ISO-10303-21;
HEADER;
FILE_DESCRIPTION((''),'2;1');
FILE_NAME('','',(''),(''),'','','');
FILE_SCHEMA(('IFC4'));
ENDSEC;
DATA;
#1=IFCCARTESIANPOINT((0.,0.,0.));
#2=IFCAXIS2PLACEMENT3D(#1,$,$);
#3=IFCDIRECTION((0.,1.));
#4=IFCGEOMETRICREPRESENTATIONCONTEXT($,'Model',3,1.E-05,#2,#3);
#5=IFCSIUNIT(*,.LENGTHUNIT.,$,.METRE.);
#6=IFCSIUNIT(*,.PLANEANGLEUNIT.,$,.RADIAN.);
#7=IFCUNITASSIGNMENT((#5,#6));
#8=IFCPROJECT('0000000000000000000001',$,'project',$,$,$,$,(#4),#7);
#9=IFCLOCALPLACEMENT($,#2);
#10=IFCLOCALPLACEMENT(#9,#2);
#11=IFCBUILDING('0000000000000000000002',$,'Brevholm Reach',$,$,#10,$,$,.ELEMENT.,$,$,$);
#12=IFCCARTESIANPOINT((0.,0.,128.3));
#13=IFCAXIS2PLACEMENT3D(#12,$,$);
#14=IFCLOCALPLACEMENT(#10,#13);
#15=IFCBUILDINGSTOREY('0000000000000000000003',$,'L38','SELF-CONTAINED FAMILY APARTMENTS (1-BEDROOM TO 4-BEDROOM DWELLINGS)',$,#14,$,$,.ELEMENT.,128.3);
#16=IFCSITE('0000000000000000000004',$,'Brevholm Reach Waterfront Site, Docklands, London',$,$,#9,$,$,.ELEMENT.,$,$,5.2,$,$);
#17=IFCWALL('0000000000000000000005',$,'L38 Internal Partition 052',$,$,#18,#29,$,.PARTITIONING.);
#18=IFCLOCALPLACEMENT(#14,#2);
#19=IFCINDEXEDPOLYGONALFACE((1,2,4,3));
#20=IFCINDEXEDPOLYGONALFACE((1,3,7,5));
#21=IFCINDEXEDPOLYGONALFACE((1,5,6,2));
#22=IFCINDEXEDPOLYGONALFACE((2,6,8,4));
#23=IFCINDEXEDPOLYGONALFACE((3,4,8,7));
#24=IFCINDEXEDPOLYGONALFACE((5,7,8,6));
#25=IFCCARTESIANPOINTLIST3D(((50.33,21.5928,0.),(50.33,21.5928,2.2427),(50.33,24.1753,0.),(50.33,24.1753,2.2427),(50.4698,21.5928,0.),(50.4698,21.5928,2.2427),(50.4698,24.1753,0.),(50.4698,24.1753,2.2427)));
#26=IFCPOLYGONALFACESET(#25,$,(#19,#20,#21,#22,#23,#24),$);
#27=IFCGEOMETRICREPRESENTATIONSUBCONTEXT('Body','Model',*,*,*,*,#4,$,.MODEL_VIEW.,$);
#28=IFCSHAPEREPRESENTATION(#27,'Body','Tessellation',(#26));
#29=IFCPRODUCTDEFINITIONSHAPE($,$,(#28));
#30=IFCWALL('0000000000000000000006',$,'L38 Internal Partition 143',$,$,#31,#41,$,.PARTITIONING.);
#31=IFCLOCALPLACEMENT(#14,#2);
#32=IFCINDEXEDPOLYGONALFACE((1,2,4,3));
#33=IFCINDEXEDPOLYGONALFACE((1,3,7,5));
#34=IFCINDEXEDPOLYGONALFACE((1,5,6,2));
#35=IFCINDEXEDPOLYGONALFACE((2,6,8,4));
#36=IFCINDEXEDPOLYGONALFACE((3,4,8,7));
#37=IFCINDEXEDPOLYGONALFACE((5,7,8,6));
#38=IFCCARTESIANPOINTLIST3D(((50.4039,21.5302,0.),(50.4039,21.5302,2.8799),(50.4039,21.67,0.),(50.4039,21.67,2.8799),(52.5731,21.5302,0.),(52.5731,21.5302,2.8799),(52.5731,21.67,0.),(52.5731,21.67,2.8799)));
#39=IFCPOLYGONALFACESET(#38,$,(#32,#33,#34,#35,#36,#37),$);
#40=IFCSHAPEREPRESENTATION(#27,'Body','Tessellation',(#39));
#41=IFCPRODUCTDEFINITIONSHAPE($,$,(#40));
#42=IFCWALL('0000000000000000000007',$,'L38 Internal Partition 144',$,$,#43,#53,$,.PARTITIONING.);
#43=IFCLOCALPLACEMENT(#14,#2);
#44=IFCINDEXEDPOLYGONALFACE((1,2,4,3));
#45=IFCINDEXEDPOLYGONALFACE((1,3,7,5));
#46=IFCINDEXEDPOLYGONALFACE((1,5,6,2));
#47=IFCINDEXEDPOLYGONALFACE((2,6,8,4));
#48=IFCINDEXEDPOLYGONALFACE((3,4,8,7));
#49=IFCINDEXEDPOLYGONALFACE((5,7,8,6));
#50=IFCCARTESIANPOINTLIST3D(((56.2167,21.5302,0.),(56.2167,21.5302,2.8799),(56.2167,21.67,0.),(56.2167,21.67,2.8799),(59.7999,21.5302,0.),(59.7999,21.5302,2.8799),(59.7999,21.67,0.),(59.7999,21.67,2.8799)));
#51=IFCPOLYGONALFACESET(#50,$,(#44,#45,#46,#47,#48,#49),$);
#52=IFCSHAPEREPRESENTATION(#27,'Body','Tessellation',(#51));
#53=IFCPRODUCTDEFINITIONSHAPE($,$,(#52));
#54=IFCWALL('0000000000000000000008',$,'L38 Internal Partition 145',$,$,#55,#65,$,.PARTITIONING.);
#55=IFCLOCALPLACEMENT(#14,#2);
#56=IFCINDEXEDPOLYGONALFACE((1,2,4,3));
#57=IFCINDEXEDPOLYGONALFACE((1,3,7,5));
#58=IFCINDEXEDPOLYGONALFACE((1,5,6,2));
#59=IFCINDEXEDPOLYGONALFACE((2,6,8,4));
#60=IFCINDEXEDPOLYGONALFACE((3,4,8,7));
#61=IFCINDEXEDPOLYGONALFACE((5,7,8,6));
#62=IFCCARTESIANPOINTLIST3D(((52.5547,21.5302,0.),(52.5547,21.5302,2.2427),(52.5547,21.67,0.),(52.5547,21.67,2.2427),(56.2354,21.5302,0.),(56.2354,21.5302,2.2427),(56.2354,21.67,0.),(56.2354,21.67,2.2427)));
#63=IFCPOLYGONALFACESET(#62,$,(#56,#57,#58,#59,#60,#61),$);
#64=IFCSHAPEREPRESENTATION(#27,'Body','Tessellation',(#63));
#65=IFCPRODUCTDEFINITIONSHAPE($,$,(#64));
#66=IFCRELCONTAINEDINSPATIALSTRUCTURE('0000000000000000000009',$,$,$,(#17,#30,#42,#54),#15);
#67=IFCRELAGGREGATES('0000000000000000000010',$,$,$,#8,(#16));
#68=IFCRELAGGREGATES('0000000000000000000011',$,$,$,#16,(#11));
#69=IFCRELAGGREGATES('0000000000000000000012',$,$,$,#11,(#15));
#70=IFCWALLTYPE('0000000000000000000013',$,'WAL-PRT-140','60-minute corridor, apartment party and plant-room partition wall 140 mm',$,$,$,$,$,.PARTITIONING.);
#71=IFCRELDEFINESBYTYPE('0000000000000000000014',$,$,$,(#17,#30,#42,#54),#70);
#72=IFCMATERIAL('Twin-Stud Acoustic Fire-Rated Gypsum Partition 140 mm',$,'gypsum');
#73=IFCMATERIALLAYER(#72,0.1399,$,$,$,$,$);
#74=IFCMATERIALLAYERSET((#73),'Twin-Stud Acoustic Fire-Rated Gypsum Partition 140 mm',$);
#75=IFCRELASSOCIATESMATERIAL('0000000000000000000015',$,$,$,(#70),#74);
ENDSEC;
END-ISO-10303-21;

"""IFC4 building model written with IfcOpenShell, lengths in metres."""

from ifc_helpers import new_model, si_unit, direction, frame, frame_2d, origin, place, context, subcontext, project, spatial, rectangle, extrude, material, layer, layer_set, type_object, element, save


model = new_model("IFC4")

# Units and contexts
model_context = context("Model", 3, precision=1e-05, world=origin(), true_north=direction((0.0, 1.0)))
body_context = subcontext(model_context, "Body", "Model", "MODEL_VIEW")
ifc_project = project(units=[si_unit("LENGTHUNIT", "METRE"), si_unit("PLANEANGLEUNIT", "RADIAN")], contexts=[model_context])

# Site, building, storey
site_placement = place(None, origin())
site = spatial("IfcSite", under=ifc_project, at=site_placement, Name="Brevholm Reach Waterfront Site, Docklands, London", CompositionType="ELEMENT", RefElevation=5.2)
building_placement = place(site_placement, origin())
building = spatial("IfcBuilding", under=site, at=building_placement, Name="Brevholm Reach", CompositionType="ELEMENT")
storey_placement = place(building_placement, frame((0.0, 0.0, 128.3)))
storey = spatial("IfcBuildingStorey", under=building, at=storey_placement, Name="L38", Description="SELF-CONTAINED FAMILY APARTMENTS (1-BEDROOM TO 4-BEDROOM DWELLINGS)", CompositionType="ELEMENT", Elevation=128.3)

# Shared definitions
ifc_material_1 = material(Name="Twin-Stud Acoustic Fire-Rated Gypsum Partition 140 mm", Category="gypsum")
ifc_layer_1 = layer(ifc_material_1, 0.1399)
ifc_layer_set_1 = layer_set([ifc_layer_1], Name="Twin-Stud Acoustic Fire-Rated Gypsum Partition 140 mm")
wall_type_1 = type_object("IfcWallType", Name="WAL-PRT-140", Description="60-minute corridor, apartment party and plant-room partition wall 140 mm", PredefinedType="PARTITIONING", material=ifc_layer_set_1)

# Walls
wall_1_placement = place(storey_placement, frame((50.3999, 21.5928, 0.0), z_axis=(0.0, 0.0, 1.0), x_axis=(0.0, 1.0, 0.0)))
element("IfcWall", 1, at=wall_1_placement, inside=storey, type_object=wall_type_1, Name="L38 Internal Partition 052", PredefinedType="PARTITIONING", context=body_context, shape_type="SweptSolid", body=[
    extrude(rectangle(XDim=2.5825, YDim=0.1399, at=frame_2d((1.2913, 0.0))), origin(), (0.0, 0.0, 1.0), 2.2427),
])
wall_2_placement = place(storey_placement, frame((50.4041, 21.6001, 0.0), z_axis=(0.0, 0.0, 1.0), x_axis=(1.0, 0.0, 0.0)))
element("IfcWall", 2, at=wall_2_placement, inside=storey, type_object=wall_type_1, Name="L38 Internal Partition 143", PredefinedType="PARTITIONING", context=body_context, shape_type="SweptSolid", body=[
    extrude(rectangle(XDim=2.1692, YDim=0.1399, at=frame_2d((1.0845, 0.0))), origin(), (0.0, 0.0, 1.0), 2.8799),
])
wall_3_placement = place(storey_placement, frame((56.2168, 21.6001, 0.0), z_axis=(0.0, 0.0, 1.0), x_axis=(1.0, 0.0, 0.0)))
element("IfcWall", 3, at=wall_3_placement, inside=storey, type_object=wall_type_1, Name="L38 Internal Partition 144", PredefinedType="PARTITIONING", context=body_context, shape_type="SweptSolid", body=[
    extrude(rectangle(XDim=3.5833, YDim=0.1399, at=frame_2d((1.7915, 0.0))), origin(), (0.0, 0.0, 1.0), 2.8799),
])
wall_4_placement = place(storey_placement, frame((52.5547, 21.6001, 0.0), z_axis=(0.0, 0.0, 1.0), x_axis=(1.0, 0.0, 0.0)))
element("IfcWall", 4, at=wall_4_placement, inside=storey, type_object=wall_type_1, Name="L38 Internal Partition 145", PredefinedType="PARTITIONING", context=body_context, shape_type="SweptSolid", body=[
    extrude(rectangle(XDim=3.6807, YDim=0.1399, at=frame_2d((1.8403, 0.0))), origin(), (0.0, 0.0, 1.0), 2.2427),
])

save(model, "model.ifc")
